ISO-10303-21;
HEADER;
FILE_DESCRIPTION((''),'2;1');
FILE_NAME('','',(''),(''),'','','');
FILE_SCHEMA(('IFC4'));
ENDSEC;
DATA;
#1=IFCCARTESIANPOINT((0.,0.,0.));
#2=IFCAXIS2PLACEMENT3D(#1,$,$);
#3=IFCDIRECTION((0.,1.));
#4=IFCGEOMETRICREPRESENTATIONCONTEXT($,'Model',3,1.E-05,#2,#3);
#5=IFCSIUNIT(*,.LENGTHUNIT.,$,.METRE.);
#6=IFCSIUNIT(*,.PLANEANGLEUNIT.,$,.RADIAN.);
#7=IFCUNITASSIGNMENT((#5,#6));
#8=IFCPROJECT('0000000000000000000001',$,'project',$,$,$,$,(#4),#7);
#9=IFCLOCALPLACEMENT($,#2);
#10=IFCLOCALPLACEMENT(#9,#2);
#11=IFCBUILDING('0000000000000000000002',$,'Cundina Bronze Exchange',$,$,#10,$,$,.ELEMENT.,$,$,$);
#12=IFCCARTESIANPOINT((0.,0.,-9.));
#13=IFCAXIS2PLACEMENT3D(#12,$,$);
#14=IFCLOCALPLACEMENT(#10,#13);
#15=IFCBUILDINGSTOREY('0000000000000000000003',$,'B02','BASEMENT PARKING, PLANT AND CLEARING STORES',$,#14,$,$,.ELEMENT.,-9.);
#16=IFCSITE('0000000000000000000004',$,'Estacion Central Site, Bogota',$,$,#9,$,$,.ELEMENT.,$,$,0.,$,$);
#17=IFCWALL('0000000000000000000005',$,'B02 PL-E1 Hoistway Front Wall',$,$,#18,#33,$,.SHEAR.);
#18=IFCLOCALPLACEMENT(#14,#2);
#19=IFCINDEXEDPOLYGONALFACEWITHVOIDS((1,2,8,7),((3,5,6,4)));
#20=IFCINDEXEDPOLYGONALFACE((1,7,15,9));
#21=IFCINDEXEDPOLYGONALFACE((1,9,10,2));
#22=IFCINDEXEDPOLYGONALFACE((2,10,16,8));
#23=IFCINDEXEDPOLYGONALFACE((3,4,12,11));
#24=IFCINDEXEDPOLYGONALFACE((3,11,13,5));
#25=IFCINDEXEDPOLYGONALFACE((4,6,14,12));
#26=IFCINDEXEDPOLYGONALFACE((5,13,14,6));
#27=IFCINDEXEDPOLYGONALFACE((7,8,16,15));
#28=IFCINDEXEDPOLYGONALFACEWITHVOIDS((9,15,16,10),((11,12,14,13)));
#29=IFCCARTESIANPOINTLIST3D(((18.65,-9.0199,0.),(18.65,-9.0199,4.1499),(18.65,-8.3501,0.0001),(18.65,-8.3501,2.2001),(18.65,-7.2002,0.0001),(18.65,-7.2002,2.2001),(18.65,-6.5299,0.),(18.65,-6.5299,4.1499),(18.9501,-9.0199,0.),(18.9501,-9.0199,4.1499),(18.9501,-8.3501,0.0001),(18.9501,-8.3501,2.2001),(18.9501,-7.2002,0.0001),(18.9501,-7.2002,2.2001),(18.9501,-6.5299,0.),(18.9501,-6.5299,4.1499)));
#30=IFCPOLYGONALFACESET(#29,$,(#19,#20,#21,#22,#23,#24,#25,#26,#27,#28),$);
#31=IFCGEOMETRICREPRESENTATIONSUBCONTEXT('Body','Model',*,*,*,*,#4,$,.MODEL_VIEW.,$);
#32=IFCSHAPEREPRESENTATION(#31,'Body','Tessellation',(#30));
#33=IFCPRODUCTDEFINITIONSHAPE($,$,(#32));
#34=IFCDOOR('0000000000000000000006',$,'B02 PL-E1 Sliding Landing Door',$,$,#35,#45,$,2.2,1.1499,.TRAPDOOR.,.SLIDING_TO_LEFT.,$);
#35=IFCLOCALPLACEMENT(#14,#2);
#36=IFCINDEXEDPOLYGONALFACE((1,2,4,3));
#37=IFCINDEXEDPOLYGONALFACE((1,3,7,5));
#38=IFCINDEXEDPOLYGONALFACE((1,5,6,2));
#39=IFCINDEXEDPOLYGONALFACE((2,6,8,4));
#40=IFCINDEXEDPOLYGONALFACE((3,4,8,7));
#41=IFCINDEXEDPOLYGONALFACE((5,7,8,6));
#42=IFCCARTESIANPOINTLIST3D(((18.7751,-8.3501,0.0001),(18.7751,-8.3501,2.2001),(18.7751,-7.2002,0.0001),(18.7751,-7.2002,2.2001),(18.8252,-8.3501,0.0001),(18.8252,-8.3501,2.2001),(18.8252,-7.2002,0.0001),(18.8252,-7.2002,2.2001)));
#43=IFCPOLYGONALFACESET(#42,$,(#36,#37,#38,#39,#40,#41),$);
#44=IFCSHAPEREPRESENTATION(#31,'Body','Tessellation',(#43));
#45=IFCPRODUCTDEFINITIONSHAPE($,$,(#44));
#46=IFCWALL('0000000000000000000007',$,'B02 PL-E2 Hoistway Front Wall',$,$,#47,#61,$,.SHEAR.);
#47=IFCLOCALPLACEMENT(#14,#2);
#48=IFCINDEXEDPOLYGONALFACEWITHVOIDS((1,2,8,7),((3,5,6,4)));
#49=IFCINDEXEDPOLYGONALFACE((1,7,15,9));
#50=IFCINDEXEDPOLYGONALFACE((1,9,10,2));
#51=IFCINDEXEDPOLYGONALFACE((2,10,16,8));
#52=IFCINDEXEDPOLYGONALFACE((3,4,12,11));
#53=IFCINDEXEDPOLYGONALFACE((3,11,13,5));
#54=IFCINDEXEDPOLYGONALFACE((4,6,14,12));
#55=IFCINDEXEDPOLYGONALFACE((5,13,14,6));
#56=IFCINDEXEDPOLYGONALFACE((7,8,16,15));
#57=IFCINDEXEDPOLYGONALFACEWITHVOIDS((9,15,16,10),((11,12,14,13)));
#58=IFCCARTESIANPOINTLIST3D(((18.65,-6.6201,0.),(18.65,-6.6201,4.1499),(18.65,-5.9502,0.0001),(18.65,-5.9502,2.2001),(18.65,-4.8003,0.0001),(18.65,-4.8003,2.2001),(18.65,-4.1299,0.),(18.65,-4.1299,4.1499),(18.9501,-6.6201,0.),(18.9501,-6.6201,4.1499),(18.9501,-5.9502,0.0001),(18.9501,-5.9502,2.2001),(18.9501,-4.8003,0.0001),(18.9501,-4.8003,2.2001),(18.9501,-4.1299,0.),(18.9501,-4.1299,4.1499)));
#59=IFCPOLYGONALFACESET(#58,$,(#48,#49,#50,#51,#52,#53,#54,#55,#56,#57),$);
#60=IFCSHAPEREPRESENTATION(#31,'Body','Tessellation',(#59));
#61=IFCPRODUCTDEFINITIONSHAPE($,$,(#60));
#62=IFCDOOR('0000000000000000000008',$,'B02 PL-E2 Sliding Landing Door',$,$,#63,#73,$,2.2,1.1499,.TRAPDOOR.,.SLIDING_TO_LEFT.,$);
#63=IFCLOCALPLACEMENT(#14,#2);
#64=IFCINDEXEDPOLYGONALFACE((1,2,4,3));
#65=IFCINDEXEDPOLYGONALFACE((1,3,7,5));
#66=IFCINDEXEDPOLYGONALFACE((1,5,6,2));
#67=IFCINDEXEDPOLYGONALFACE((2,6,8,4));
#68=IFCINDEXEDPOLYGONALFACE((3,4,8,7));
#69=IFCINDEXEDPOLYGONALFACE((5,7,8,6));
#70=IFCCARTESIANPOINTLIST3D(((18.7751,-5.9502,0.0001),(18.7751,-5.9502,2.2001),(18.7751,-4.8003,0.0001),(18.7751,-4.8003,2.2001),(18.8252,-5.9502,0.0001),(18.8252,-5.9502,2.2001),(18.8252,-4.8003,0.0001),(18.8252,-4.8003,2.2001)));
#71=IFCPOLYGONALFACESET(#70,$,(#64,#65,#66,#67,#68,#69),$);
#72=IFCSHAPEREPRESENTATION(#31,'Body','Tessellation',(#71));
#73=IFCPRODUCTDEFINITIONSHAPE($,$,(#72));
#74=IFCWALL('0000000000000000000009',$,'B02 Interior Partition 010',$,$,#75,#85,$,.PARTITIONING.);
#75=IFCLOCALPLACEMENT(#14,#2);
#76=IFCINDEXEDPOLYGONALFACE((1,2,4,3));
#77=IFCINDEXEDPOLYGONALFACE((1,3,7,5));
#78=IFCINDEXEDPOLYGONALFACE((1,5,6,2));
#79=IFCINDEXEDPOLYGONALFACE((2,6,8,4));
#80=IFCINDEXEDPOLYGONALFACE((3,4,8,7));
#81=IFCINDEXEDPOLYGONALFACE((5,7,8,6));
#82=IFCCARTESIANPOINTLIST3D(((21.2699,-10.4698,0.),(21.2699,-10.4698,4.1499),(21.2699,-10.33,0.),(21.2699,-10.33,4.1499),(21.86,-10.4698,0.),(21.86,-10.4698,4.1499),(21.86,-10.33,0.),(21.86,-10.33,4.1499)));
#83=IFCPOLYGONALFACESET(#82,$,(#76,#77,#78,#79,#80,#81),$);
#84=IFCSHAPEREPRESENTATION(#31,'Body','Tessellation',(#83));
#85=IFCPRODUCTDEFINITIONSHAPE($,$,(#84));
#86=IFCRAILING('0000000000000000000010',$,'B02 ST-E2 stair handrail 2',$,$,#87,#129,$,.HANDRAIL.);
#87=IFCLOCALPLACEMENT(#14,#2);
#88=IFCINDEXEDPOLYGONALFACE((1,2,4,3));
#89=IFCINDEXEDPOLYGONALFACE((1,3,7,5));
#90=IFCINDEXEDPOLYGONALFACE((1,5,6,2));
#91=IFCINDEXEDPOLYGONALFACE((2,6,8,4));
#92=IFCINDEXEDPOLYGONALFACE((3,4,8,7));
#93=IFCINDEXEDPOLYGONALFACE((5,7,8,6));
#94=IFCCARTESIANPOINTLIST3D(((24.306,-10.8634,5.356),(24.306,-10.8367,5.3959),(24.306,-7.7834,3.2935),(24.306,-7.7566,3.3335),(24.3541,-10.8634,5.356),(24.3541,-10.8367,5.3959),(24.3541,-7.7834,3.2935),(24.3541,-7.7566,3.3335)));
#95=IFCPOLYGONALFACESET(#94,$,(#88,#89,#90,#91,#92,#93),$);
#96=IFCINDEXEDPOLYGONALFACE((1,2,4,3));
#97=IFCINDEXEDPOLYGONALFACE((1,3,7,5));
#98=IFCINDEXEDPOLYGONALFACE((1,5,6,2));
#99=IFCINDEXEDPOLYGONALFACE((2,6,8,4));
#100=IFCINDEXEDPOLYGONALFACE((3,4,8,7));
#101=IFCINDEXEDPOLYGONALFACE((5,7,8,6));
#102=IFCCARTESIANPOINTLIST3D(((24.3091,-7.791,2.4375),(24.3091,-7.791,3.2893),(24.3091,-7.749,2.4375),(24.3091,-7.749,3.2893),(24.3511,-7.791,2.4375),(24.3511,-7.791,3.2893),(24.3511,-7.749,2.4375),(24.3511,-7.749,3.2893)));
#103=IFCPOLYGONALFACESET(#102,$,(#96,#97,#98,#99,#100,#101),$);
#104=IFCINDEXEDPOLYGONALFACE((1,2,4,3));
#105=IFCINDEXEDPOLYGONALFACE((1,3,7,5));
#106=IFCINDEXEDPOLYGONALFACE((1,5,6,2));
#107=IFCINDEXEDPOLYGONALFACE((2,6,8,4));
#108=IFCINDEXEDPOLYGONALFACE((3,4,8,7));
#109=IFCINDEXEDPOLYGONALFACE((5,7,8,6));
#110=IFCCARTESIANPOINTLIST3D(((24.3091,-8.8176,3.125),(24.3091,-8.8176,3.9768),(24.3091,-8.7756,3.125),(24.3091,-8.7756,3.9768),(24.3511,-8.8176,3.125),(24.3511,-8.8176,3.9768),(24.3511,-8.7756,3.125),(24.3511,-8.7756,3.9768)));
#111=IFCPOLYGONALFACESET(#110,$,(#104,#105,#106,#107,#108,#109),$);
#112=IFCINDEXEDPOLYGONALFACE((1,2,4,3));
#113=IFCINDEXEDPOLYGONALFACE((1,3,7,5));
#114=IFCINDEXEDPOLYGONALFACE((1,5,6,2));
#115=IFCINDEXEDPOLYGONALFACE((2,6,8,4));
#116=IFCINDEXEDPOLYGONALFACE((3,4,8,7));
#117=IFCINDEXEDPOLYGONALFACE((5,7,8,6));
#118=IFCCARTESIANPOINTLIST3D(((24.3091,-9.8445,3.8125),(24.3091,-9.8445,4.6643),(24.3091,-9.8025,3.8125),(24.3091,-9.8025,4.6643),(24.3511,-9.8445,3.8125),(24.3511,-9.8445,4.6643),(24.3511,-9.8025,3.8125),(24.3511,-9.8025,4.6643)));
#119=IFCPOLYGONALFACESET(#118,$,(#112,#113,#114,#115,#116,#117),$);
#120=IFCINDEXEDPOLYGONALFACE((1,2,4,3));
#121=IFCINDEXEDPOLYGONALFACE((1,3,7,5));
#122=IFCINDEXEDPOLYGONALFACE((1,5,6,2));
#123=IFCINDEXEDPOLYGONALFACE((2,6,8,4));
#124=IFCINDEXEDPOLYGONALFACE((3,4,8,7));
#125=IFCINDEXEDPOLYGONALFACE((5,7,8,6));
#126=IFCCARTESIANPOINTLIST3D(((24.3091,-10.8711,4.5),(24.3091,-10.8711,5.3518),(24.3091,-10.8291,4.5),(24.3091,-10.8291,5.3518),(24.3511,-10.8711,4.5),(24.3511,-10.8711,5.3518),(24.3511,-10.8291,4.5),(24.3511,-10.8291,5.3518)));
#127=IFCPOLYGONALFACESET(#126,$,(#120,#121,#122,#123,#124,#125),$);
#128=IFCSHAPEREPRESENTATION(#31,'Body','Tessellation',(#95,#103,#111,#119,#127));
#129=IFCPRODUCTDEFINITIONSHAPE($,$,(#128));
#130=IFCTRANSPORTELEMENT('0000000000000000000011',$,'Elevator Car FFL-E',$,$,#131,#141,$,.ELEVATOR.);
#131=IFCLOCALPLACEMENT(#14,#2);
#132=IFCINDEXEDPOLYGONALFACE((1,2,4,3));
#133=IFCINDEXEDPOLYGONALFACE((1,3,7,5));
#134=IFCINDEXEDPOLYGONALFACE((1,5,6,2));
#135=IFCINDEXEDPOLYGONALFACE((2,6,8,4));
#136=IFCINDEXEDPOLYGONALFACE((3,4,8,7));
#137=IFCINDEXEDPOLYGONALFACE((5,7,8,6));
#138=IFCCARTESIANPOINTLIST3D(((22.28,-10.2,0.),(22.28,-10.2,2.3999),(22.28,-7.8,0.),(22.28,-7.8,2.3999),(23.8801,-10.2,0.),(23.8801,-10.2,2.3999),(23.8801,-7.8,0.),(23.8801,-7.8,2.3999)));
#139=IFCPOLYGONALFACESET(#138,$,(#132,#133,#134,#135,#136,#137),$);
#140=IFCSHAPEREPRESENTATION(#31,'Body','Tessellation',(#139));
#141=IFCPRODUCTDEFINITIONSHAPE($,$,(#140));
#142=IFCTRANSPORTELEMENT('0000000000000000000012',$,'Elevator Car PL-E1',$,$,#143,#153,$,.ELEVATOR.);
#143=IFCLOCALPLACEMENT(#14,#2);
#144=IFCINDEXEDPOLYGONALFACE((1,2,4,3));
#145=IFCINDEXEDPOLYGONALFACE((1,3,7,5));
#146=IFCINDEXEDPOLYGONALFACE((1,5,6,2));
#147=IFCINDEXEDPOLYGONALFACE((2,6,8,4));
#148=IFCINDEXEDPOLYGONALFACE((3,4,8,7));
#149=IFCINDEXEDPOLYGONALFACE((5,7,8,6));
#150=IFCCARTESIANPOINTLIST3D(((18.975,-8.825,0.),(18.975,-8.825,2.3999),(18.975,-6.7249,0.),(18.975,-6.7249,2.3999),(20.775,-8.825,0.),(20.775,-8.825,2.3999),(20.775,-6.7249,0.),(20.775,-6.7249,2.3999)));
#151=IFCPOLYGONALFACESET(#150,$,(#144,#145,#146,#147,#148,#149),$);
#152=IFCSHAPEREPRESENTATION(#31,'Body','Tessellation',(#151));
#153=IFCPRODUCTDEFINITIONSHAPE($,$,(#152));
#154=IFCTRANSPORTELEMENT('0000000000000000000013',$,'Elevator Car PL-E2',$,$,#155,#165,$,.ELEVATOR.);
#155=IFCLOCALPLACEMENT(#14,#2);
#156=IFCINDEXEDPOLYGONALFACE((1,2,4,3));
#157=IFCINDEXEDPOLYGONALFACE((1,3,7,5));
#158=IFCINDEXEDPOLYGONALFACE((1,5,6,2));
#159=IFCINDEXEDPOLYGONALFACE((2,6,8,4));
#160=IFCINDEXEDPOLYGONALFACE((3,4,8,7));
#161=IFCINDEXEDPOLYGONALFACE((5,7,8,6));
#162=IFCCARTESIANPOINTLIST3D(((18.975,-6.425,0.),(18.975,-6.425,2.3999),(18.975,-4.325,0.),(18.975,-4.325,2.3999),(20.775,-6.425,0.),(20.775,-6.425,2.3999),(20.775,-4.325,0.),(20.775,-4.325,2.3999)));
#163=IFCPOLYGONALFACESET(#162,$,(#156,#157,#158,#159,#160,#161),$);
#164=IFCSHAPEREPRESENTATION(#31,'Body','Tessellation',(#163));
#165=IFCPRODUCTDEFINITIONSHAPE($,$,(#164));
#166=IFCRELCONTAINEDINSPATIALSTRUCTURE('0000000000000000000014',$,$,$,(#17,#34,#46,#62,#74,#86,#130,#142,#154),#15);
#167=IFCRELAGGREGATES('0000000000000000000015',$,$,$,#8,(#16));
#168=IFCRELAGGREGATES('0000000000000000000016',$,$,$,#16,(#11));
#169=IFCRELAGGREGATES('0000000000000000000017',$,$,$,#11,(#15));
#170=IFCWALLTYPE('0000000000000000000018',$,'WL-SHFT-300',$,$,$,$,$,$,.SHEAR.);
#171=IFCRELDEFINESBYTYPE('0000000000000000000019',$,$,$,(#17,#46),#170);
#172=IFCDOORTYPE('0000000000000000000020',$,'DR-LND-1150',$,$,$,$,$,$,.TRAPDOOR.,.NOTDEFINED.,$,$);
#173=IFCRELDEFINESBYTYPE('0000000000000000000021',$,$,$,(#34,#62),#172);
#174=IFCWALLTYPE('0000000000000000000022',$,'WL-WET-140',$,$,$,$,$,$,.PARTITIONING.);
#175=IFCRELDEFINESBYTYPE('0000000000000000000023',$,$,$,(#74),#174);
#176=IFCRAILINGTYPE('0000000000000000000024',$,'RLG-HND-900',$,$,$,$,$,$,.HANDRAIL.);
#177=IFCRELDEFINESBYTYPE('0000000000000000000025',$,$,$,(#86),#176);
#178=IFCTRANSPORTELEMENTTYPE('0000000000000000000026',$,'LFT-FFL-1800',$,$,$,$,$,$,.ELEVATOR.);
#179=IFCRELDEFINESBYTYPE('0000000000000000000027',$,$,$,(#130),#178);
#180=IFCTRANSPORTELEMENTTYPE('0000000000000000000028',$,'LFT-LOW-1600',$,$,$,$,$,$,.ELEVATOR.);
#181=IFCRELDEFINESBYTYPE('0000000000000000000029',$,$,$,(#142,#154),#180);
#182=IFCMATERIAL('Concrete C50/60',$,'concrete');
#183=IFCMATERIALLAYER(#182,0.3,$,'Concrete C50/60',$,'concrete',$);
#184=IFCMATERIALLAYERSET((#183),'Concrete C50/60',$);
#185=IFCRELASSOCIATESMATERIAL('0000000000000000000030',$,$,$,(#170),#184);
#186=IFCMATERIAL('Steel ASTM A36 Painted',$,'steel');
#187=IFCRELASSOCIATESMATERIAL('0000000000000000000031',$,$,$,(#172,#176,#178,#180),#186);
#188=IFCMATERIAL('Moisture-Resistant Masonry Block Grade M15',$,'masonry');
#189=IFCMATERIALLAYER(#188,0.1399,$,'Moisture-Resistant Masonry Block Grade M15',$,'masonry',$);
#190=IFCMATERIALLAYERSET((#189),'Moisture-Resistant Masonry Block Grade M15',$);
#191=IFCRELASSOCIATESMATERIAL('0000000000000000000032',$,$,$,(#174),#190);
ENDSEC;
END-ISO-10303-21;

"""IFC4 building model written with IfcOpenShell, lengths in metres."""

from ifc_helpers import new_model, si_unit, direction, frame, frame_2d, origin, origin_2d, place, context, subcontext, project, spatial, rectangle, extrude, material, layer, layer_set, type_object, element, fill, save


model = new_model("IFC4")

# Units and contexts
model_context = context("Model", 3, precision=1e-05, world=origin(), true_north=direction((0.0, 1.0)))
body_context = subcontext(model_context, "Body", "Model", "MODEL_VIEW")
ifc_project = project(units=[si_unit("LENGTHUNIT", "METRE"), si_unit("PLANEANGLEUNIT", "RADIAN")], contexts=[model_context])

# Site, building, storey
site_placement = place(None, origin())
site = spatial("IfcSite", under=ifc_project, at=site_placement, Name="Estacion Central Site, Bogota", CompositionType="ELEMENT", RefElevation=0.0)
building_placement = place(site_placement, origin())
building = spatial("IfcBuilding", under=site, at=building_placement, Name="Cundina Bronze Exchange", CompositionType="ELEMENT")
storey_placement = place(building_placement, frame((0.0, 0.0, -9.0)))
storey = spatial("IfcBuildingStorey", under=building, at=storey_placement, Name="B02", Description="BASEMENT PARKING, PLANT AND CLEARING STORES", CompositionType="ELEMENT", Elevation=-9.0)

# Shared definitions
ifc_material_1 = material(Name="Concrete C50/60", Category="concrete")
ifc_layer_1 = layer(ifc_material_1, 0.3, Name="Concrete C50/60", Category="concrete")
ifc_layer_set_1 = layer_set([ifc_layer_1], Name="Concrete C50/60")
wall_type_1 = type_object("IfcWallType", Name="WL-SHFT-300", PredefinedType="SHEAR", material=ifc_layer_set_1)
ifc_material_2 = material(Name="Steel ASTM A36 Painted", Category="steel")

# Shared definitions
door_type_1 = type_object("IfcDoorType", Name="DR-LND-1150", OperationType="NOTDEFINED", PredefinedType="TRAPDOOR", material=ifc_material_2)

# Walls, openings, doors
wall_1_placement = place(storey_placement, frame((18.8, -9.02, 0.0), z_axis=(0.0, 0.0, 1.0), x_axis=(0.0, 1.0, 0.0)))
wall_1 = element("IfcWall", 1, at=wall_1_placement, inside=storey, type_object=wall_type_1, Name="B02 PL-E1 Hoistway Front Wall", PredefinedType="SHEAR", context=body_context, shape_type="SweptSolid", body=[
    extrude(rectangle(XDim=2.49, YDim=0.3, at=frame_2d((1.2451, 0.0))), origin(), (0.0, 0.0, 1.0), 4.1499),
])
opening_1_placement = place(wall_1_placement, frame((0.6699, 0.0, 0.0)))
opening_1 = element("IfcOpeningElement", 2, at=opening_1_placement, cuts=wall_1, PredefinedType="OPENING", context=body_context, shape_type="SweptSolid", body=[
    extrude(rectangle(XDim=1.1499, YDim=2.2, at=frame_2d((0.575, 1.1001))), frame((0.0, 0.1599, 0.0), z_axis=(0.0, -1.0, 0.0), x_axis=(1.0, 0.0, 0.0)), (0.0, 0.0, 1.0), 0.3201),
])
door_1_placement = place(opening_1_placement, origin())
door_1 = element("IfcDoor", 3, at=door_1_placement, inside=storey, type_object=door_type_1, Name="B02 PL-E1 Sliding Landing Door", OperationType="SLIDING_TO_LEFT", OverallHeight=2.2, OverallWidth=1.1499, PredefinedType="TRAPDOOR", context=body_context, shape_type="SweptSolid", body=[
    extrude(rectangle(XDim=1.1499, YDim=2.2, at=frame_2d((0.575, 1.1001))), frame((0.0, 0.0249, 0.0), z_axis=(0.0, -1.0, 0.0), x_axis=(1.0, 0.0, 0.0)), (0.0, 0.0, 1.0), 0.05),
])
fill(opening_1, door_1)
wall_2_placement = place(storey_placement, frame((18.8, -6.6201, 0.0), z_axis=(0.0, 0.0, 1.0), x_axis=(0.0, 1.0, 0.0)))
wall_2 = element("IfcWall", 4, at=wall_2_placement, inside=storey, type_object=wall_type_1, Name="B02 PL-E2 Hoistway Front Wall", PredefinedType="SHEAR", context=body_context, shape_type="SweptSolid", body=[
    extrude(rectangle(XDim=2.4902, YDim=0.3, at=frame_2d((1.2451, 0.0))), origin(), (0.0, 0.0, 1.0), 4.1499),
])
opening_2_placement = place(wall_2_placement, frame((0.6699, 0.0, 0.0)))
opening_2 = element("IfcOpeningElement", 5, at=opening_2_placement, cuts=wall_2, PredefinedType="OPENING", context=body_context, shape_type="SweptSolid", body=[
    extrude(rectangle(XDim=1.1499, YDim=2.2, at=frame_2d((0.575, 1.1001))), frame((0.0, 0.1599, 0.0), z_axis=(0.0, -1.0, 0.0), x_axis=(1.0, 0.0, 0.0)), (0.0, 0.0, 1.0), 0.3201),
])
door_2_placement = place(opening_2_placement, origin())
door_2 = element("IfcDoor", 6, at=door_2_placement, inside=storey, type_object=door_type_1, Name="B02 PL-E2 Sliding Landing Door", OperationType="SLIDING_TO_LEFT", OverallHeight=2.2, OverallWidth=1.1499, PredefinedType="TRAPDOOR", context=body_context, shape_type="SweptSolid", body=[
    extrude(rectangle(XDim=1.1499, YDim=2.2, at=frame_2d((0.575, 1.1001))), frame((0.0, 0.0249, 0.0), z_axis=(0.0, -1.0, 0.0), x_axis=(1.0, 0.0, 0.0)), (0.0, 0.0, 1.0), 0.05),
])
fill(opening_2, door_2)

# Wall
ifc_material_3 = material(Name="Moisture-Resistant Masonry Block Grade M15", Category="masonry")
ifc_layer_2 = layer(ifc_material_3, 0.1399, Name="Moisture-Resistant Masonry Block Grade M15", Category="masonry")
ifc_layer_set_2 = layer_set([ifc_layer_2], Name="Moisture-Resistant Masonry Block Grade M15")
wall_type_2 = type_object("IfcWallType", Name="WL-WET-140", PredefinedType="PARTITIONING", material=ifc_layer_set_2)
wall_3_placement = place(storey_placement, frame((21.27, -10.3999, 0.0), z_axis=(0.0, 0.0, 1.0), x_axis=(1.0, 0.0, 0.0)))
element("IfcWall", 7, at=wall_3_placement, inside=storey, type_object=wall_type_2, Name="B02 Interior Partition 010", PredefinedType="PARTITIONING", context=body_context, shape_type="SweptSolid", body=[
    extrude(rectangle(XDim=0.5901, YDim=0.1399, at=frame_2d((0.2949, 0.0))), origin(), (0.0, 0.0, 1.0), 4.1499),
])

# Railing
railing_type = type_object("IfcRailingType", Name="RLG-HND-900", PredefinedType="HANDRAIL", material=ifc_material_2)
railing_placement = place(storey_placement, frame((24.3301, -7.77, 2.4375)))
element("IfcRailing", 8, at=railing_placement, inside=storey, type_object=railing_type, Name="B02 ST-E2 stair handrail 2", PredefinedType="HANDRAIL", context=body_context, shape_type="SweptSolid", body=[
    extrude(rectangle(XDim=0.0481, YDim=0.0481, at=origin_2d()), frame((0.0, 0.0, 0.876), z_axis=(0.0, -0.830914, 0.556401), x_axis=(1.0, 0.0, 0.0)), (0.0, 0.0, 1.0), 3.7068),
    extrude(rectangle(XDim=0.042, YDim=0.042, at=origin_2d()), origin(), (0.0, 0.0, 1.0), 0.8518),
    extrude(rectangle(XDim=0.042, YDim=0.042, at=origin_2d()), frame((0.0, -1.0266, 0.6875)), (0.0, 0.0, 1.0), 0.8518),
    extrude(rectangle(XDim=0.042, YDim=0.042, at=origin_2d()), frame((0.0, -2.0535, 1.375)), (0.0, 0.0, 1.0), 0.8518),
    extrude(rectangle(XDim=0.042, YDim=0.042, at=origin_2d()), frame((0.0, -3.0801, 2.0625)), (0.0, 0.0, 1.0), 0.8518),
])

# Transport elements
transport_element_type_1 = type_object("IfcTransportElementType", Name="LFT-FFL-1800", PredefinedType="ELEVATOR", material=ifc_material_2)
transport_element_placement = place(storey_placement, frame((23.0801, -9.0, 0.0), z_axis=(0.0, 0.0, 1.0), x_axis=(1.0, 0.0, 0.0)))
element("IfcTransportElement", 9, at=transport_element_placement, inside=storey, type_object=transport_element_type_1, Name="Elevator Car FFL-E", PredefinedType="ELEVATOR", context=body_context, shape_type="SweptSolid", body=[
    extrude(rectangle(XDim=1.6001, YDim=2.3999, at=origin_2d()), origin(), (0.0, 0.0, 1.0), 2.3999),
])
transport_element_type_2 = type_object("IfcTransportElementType", Name="LFT-LOW-1600", PredefinedType="ELEVATOR", material=ifc_material_2)
for number, where, z_axis, x_axis, name in (
    (10, (19.875, -7.7749, 0.0), (0.0, 0.0, 1.0), (1.0, 0.0, 0.0), "Elevator Car PL-E1"),
    (11, (19.875, -5.375, 0.0), (0.0, 0.0, 1.0), (1.0, 0.0, 0.0), "Elevator Car PL-E2"),
):
    element("IfcTransportElement", number, at=place(storey_placement, frame(where, z_axis=z_axis, x_axis=x_axis)), inside=storey, type_object=transport_element_type_2, Name=name, PredefinedType="ELEVATOR", context=body_context, shape_type="SweptSolid", body=[
        extrude(rectangle(XDim=1.8, YDim=2.1001, at=origin_2d()), origin(), (0.0, 0.0, 1.0), 2.3999),
    ])

save(model, "model.ifc")
